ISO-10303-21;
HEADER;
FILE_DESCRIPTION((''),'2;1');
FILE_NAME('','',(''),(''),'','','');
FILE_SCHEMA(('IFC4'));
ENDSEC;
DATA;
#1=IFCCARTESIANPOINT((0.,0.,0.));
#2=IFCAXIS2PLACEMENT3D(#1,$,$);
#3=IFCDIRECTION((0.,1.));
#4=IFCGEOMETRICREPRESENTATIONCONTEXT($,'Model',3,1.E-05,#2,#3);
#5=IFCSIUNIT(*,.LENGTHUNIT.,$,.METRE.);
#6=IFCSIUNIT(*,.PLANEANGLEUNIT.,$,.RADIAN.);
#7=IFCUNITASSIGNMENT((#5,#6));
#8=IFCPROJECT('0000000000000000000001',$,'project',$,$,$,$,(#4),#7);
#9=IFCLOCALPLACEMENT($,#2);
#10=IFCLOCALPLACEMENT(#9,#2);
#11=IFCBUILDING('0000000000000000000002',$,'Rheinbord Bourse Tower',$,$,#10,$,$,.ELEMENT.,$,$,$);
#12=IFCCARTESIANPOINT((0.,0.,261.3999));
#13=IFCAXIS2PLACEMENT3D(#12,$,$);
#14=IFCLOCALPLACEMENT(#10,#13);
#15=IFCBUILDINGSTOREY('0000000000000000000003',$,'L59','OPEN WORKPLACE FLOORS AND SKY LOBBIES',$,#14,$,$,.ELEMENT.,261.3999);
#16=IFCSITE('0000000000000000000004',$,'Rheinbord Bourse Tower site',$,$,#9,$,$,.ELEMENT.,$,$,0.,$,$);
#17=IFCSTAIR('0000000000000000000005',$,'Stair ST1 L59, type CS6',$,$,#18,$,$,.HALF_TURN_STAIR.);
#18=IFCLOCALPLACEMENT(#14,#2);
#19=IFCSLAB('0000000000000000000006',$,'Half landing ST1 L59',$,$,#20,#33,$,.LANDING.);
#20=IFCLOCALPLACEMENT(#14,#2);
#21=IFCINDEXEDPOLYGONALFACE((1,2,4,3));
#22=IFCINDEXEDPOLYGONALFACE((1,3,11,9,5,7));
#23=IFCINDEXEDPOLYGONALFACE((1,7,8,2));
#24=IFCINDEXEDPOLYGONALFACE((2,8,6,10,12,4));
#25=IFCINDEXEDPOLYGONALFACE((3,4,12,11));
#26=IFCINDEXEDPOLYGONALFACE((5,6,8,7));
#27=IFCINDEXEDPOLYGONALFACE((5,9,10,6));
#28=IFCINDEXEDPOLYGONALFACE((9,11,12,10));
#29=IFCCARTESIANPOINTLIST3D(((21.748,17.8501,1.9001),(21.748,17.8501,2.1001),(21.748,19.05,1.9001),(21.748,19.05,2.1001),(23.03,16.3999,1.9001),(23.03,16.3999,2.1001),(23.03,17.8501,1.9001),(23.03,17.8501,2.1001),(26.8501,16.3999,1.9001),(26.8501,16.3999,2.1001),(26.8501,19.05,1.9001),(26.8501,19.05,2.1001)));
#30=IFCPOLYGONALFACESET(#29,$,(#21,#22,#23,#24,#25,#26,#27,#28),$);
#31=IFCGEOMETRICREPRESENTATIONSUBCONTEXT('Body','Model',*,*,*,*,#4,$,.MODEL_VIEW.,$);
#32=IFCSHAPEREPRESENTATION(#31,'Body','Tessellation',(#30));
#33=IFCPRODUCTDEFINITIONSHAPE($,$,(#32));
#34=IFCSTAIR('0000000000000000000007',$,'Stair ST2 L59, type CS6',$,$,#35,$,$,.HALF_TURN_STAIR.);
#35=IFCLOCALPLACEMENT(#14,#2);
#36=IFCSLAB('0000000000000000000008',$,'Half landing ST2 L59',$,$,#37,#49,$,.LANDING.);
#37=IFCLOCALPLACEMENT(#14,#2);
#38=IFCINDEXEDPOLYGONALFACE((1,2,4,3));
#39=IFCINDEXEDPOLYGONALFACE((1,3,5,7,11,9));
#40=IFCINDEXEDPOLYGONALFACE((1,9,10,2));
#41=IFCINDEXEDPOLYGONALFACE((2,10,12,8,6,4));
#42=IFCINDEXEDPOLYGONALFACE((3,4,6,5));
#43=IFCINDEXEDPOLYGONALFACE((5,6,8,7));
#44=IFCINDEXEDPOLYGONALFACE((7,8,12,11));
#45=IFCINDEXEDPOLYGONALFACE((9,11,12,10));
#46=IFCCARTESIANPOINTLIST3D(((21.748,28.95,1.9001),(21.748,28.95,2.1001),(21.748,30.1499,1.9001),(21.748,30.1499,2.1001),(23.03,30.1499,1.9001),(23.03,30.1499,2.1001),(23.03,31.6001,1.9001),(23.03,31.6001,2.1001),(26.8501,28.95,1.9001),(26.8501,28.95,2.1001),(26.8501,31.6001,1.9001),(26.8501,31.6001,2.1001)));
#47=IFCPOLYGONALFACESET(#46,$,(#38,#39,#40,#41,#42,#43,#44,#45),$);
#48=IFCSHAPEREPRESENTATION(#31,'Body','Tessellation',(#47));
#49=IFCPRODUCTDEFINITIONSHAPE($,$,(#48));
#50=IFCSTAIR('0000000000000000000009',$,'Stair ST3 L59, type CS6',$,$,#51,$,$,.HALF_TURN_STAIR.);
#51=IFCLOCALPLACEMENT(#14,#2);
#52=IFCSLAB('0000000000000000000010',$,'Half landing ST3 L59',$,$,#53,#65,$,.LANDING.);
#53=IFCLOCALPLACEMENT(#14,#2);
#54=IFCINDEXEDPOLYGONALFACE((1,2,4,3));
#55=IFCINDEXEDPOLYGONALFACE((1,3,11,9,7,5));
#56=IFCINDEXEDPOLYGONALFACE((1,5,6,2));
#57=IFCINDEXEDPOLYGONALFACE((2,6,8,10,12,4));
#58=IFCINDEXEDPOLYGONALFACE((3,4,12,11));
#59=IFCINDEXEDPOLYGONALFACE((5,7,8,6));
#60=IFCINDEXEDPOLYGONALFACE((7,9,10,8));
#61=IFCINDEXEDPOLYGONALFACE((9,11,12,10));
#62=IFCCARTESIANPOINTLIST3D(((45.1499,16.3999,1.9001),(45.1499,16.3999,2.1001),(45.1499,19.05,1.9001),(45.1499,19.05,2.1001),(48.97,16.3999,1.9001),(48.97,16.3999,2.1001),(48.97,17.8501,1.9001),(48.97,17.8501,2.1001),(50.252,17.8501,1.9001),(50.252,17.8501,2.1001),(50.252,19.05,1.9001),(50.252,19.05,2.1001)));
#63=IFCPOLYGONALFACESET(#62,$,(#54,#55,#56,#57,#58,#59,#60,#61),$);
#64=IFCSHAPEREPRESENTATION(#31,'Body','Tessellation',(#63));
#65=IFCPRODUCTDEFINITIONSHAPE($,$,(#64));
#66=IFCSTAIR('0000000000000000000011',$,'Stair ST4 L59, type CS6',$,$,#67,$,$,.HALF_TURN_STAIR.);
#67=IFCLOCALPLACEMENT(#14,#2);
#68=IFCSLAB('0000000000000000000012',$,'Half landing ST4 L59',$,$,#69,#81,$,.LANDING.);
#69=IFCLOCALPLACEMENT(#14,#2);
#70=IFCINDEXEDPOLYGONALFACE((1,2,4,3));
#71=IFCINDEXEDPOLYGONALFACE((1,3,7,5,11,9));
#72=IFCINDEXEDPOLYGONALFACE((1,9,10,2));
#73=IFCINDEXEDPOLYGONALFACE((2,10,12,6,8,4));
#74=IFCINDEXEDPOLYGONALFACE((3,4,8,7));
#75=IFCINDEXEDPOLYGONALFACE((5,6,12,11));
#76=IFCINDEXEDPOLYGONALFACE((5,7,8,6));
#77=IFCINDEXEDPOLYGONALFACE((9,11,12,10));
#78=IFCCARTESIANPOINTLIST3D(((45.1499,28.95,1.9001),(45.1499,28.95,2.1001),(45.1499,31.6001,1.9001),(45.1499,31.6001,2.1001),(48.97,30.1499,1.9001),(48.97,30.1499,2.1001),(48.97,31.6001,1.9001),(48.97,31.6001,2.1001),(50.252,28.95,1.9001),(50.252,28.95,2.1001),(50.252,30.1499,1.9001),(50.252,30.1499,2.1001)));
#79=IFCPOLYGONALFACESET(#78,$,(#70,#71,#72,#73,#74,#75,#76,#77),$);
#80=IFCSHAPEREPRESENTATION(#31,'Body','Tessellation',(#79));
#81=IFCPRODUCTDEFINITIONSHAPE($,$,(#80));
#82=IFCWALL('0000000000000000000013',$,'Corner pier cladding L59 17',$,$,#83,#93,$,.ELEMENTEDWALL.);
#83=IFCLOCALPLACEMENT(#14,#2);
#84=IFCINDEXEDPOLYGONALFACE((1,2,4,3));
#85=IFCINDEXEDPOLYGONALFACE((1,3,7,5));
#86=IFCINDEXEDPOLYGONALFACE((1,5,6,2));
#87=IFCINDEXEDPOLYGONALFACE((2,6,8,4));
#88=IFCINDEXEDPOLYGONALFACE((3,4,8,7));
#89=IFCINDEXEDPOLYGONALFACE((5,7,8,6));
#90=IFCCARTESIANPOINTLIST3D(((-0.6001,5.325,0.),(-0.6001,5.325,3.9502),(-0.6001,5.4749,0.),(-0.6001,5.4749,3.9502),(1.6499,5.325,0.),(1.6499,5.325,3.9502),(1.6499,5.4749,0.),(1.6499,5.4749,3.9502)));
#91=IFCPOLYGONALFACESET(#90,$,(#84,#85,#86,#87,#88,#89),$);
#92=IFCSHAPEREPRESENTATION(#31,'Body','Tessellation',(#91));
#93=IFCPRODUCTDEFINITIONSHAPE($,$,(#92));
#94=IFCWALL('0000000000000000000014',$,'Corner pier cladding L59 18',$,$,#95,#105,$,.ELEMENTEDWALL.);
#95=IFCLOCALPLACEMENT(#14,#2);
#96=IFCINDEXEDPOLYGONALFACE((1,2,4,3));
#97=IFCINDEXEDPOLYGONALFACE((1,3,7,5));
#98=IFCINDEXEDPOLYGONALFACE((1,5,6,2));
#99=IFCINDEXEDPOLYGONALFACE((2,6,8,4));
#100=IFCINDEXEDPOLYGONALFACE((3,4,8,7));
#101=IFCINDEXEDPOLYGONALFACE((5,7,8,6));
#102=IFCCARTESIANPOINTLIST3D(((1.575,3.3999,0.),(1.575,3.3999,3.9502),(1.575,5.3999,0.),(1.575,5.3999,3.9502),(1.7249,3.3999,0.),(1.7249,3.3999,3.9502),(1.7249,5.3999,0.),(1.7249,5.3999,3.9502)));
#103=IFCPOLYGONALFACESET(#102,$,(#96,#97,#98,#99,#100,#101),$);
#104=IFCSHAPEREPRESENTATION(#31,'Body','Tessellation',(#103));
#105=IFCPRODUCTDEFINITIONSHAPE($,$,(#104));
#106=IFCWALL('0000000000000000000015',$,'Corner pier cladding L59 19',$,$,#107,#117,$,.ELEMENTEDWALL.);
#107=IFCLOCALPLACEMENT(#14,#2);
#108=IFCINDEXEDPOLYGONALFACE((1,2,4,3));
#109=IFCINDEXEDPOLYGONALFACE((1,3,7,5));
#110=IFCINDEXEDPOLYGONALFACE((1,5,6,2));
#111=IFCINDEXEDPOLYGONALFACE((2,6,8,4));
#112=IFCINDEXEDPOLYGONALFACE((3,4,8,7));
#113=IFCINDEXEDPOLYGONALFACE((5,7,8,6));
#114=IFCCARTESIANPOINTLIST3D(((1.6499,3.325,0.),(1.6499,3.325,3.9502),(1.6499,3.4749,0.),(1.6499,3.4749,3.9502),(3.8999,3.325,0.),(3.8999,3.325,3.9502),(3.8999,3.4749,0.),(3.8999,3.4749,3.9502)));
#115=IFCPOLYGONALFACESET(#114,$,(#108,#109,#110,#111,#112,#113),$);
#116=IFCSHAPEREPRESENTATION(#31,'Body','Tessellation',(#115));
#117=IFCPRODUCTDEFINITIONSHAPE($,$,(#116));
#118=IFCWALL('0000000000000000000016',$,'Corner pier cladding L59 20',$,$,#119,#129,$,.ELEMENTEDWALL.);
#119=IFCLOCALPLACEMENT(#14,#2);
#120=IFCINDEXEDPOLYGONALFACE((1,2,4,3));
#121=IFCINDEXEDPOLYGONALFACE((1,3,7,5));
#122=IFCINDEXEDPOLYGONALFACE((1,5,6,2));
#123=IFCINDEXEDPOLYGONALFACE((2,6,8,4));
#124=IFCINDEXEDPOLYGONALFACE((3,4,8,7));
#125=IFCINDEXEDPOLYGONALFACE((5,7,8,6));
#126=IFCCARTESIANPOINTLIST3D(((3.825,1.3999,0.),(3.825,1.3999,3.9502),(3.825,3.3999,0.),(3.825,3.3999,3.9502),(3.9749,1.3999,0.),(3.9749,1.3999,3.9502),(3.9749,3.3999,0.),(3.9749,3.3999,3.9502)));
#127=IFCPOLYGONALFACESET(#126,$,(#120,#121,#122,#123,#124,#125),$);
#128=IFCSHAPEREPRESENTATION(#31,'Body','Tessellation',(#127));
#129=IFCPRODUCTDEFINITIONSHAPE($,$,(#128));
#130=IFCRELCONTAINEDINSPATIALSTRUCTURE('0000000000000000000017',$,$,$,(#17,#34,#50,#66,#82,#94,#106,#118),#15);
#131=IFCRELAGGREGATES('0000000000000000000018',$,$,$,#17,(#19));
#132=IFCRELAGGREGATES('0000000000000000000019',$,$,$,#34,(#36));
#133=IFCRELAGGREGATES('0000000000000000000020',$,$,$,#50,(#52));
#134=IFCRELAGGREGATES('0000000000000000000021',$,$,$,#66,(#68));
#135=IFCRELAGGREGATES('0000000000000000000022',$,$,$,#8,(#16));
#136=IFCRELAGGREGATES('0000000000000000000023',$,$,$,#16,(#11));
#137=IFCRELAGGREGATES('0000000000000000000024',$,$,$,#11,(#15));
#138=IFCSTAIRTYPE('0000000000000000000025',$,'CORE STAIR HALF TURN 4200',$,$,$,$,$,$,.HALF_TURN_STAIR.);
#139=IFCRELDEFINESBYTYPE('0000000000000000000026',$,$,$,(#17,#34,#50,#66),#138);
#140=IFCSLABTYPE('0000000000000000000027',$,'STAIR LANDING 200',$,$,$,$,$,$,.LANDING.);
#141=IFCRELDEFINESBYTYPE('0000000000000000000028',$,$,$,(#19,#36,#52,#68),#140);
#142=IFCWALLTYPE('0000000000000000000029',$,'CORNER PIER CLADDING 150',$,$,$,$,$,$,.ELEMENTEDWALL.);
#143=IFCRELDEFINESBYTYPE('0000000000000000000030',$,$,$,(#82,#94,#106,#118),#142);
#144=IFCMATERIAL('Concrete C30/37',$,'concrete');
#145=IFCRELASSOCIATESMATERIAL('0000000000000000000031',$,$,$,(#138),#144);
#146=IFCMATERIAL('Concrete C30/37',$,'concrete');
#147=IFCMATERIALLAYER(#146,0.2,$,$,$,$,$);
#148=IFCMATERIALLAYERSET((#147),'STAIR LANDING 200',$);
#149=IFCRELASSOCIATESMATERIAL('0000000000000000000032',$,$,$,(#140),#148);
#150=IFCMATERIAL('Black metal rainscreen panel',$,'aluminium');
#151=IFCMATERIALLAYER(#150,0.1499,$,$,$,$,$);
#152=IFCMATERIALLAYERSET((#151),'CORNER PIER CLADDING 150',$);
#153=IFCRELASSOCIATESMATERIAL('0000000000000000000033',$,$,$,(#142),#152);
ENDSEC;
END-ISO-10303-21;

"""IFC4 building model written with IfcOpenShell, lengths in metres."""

from ifc_helpers import new_model, si_unit, direction, frame, frame_2d, origin, place, context, subcontext, project, spatial, polyline, rectangle, outline, extrude, material, layer, layer_set, type_object, element, aggregate, save


model = new_model("IFC4")

# Units and contexts
model_context = context("Model", 3, precision=1e-05, world=origin(), true_north=direction((0.0, 1.0)))
body_context = subcontext(model_context, "Body", "Model", "MODEL_VIEW")
ifc_project = project(units=[si_unit("LENGTHUNIT", "METRE"), si_unit("PLANEANGLEUNIT", "RADIAN")], contexts=[model_context])

# Site, building, storey
site_placement = place(None, origin())
site = spatial("IfcSite", under=ifc_project, at=site_placement, Name="Rheinbord Bourse Tower site", CompositionType="ELEMENT", RefElevation=0.0)
building_placement = place(site_placement, origin())
building = spatial("IfcBuilding", under=site, at=building_placement, Name="Rheinbord Bourse Tower", CompositionType="ELEMENT")
storey_placement = place(building_placement, frame((0.0, 0.0, 261.3999)))
storey = spatial("IfcBuildingStorey", under=building, at=storey_placement, Name="L59", Description="OPEN WORKPLACE FLOORS AND SKY LOBBIES", CompositionType="ELEMENT", Elevation=261.3999)

# Stairs, slabs
ifc_material_1 = material(Name="Concrete C30/37", Category="concrete")
stair_type = type_object("IfcStairType", Name="CORE STAIR HALF TURN 4200", PredefinedType="HALF_TURN_STAIR", material=ifc_material_1)
stair_1_placement = place(storey_placement, origin())
stair_1 = element("IfcStair", 1, at=stair_1_placement, inside=storey, type_object=stair_type, Name="Stair ST1 L59, type CS6", PredefinedType="HALF_TURN_STAIR")
ifc_material_2 = material(Name="Concrete C30/37", Category="concrete")
ifc_layer_1 = layer(ifc_material_2, 0.2)
ifc_layer_set_1 = layer_set([ifc_layer_1], Name="STAIR LANDING 200")
slab_type_1 = type_object("IfcSlabType", Name="STAIR LANDING 200", PredefinedType="LANDING", material=ifc_layer_set_1)
slab_1_placement = place(storey_placement, frame((0.0, 0.0, 1.9001)))
slab_1 = element("IfcSlab", 2, at=slab_1_placement, type_object=slab_type_1, Name="Half landing ST1 L59", PredefinedType="LANDING", context=body_context, shape_type="SweptSolid", body=[
    extrude(outline(polyline([(23.03, 16.3999), (26.8501, 16.3999), (26.8501, 19.05), (21.748, 19.05), (21.748, 17.8501), (23.03, 17.8501), (23.03, 16.3999)])), origin(), (0.0, 0.0, 1.0), 0.2),
])
aggregate(stair_1, [slab_1])
stair_2_placement = place(storey_placement, origin())
stair_2 = element("IfcStair", 3, at=stair_2_placement, inside=storey, type_object=stair_type, Name="Stair ST2 L59, type CS6", PredefinedType="HALF_TURN_STAIR")
slab_2_placement = place(storey_placement, frame((0.0, 0.0, 1.9001)))
slab_2 = element("IfcSlab", 4, at=slab_2_placement, type_object=slab_type_1, Name="Half landing ST2 L59", PredefinedType="LANDING", context=body_context, shape_type="SweptSolid", body=[
    extrude(outline(polyline([(21.748, 28.95), (26.8501, 28.95), (26.8501, 31.6001), (23.03, 31.6001), (23.03, 30.1499), (21.748, 30.1499), (21.748, 28.95)])), origin(), (0.0, 0.0, 1.0), 0.2),
])
aggregate(stair_2, [slab_2])
stair_3_placement = place(storey_placement, origin())
stair_3 = element("IfcStair", 5, at=stair_3_placement, inside=storey, type_object=stair_type, Name="Stair ST3 L59, type CS6", PredefinedType="HALF_TURN_STAIR")
slab_3_placement = place(storey_placement, frame((0.0, 0.0, 1.9001)))
slab_3 = element("IfcSlab", 6, at=slab_3_placement, type_object=slab_type_1, Name="Half landing ST3 L59", PredefinedType="LANDING", context=body_context, shape_type="SweptSolid", body=[
    extrude(outline(polyline([(45.1499, 16.3999), (48.97, 16.3999), (48.97, 17.8501), (50.252, 17.8501), (50.252, 19.05), (45.1499, 19.05), (45.1499, 16.3999)])), origin(), (0.0, 0.0, 1.0), 0.2),
])
aggregate(stair_3, [slab_3])
stair_4_placement = place(storey_placement, origin())
stair_4 = element("IfcStair", 7, at=stair_4_placement, inside=storey, type_object=stair_type, Name="Stair ST4 L59, type CS6", PredefinedType="HALF_TURN_STAIR")
slab_4_placement = place(storey_placement, frame((0.0, 0.0, 1.9001)))
slab_4 = element("IfcSlab", 8, at=slab_4_placement, type_object=slab_type_1, Name="Half landing ST4 L59", PredefinedType="LANDING", context=body_context, shape_type="SweptSolid", body=[
    extrude(outline(polyline([(45.1499, 28.95), (50.252, 28.95), (50.252, 30.1499), (48.97, 30.1499), (48.97, 31.6001), (45.1499, 31.6001), (45.1499, 28.95)])), origin(), (0.0, 0.0, 1.0), 0.2),
])
aggregate(stair_4, [slab_4])

# Walls
ifc_material_3 = material(Name="Black metal rainscreen panel", Category="aluminium")
ifc_layer_2 = layer(ifc_material_3, 0.1499)
ifc_layer_set_2 = layer_set([ifc_layer_2], Name="CORNER PIER CLADDING 150")
wall_type = type_object("IfcWallType", Name="CORNER PIER CLADDING 150", PredefinedType="ELEMENTEDWALL", material=ifc_layer_set_2)
wall_1_placement = place(storey_placement, frame((-0.6001, 5.3999, 0.0), z_axis=(0.0, 0.0, 1.0), x_axis=(1.0, 0.0, 0.0)))
element("IfcWall", 9, at=wall_1_placement, inside=storey, type_object=wall_type, Name="Corner pier cladding L59 17", PredefinedType="ELEMENTEDWALL", context=body_context, shape_type="SweptSolid", body=[
    extrude(rectangle(XDim=2.25, YDim=0.1499, at=frame_2d((1.125, 0.0))), origin(), (0.0, 0.0, 1.0), 3.9502),
])
wall_2_placement = place(storey_placement, frame((1.6499, 5.3999, 0.0), z_axis=(0.0, 0.0, 1.0), x_axis=(0.0, -1.0, 0.0)))
element("IfcWall", 10, at=wall_2_placement, inside=storey, type_object=wall_type, Name="Corner pier cladding L59 18", PredefinedType="ELEMENTEDWALL", context=body_context, shape_type="SweptSolid", body=[
    extrude(rectangle(XDim=2.0, YDim=0.1499, at=frame_2d((1.0, 0.0))), origin(), (0.0, 0.0, 1.0), 3.9502),
])
wall_3_placement = place(storey_placement, frame((1.6499, 3.3999, 0.0), z_axis=(0.0, 0.0, 1.0), x_axis=(1.0, 0.0, 0.0)))
element("IfcWall", 11, at=wall_3_placement, inside=storey, type_object=wall_type, Name="Corner pier cladding L59 19", PredefinedType="ELEMENTEDWALL", context=body_context, shape_type="SweptSolid", body=[
    extrude(rectangle(XDim=2.25, YDim=0.1499, at=frame_2d((1.125, 0.0))), origin(), (0.0, 0.0, 1.0), 3.9502),
])
wall_4_placement = place(storey_placement, frame((3.8999, 3.3999, 0.0), z_axis=(0.0, 0.0, 1.0), x_axis=(0.0, -1.0, 0.0)))
element("IfcWall", 12, at=wall_4_placement, inside=storey, type_object=wall_type, Name="Corner pier cladding L59 20", PredefinedType="ELEMENTEDWALL", context=body_context, shape_type="SweptSolid", body=[
    extrude(rectangle(XDim=2.0, YDim=0.1499, at=frame_2d((1.0, 0.0))), origin(), (0.0, 0.0, 1.0), 3.9502),
])

save(model, "model.ifc")
